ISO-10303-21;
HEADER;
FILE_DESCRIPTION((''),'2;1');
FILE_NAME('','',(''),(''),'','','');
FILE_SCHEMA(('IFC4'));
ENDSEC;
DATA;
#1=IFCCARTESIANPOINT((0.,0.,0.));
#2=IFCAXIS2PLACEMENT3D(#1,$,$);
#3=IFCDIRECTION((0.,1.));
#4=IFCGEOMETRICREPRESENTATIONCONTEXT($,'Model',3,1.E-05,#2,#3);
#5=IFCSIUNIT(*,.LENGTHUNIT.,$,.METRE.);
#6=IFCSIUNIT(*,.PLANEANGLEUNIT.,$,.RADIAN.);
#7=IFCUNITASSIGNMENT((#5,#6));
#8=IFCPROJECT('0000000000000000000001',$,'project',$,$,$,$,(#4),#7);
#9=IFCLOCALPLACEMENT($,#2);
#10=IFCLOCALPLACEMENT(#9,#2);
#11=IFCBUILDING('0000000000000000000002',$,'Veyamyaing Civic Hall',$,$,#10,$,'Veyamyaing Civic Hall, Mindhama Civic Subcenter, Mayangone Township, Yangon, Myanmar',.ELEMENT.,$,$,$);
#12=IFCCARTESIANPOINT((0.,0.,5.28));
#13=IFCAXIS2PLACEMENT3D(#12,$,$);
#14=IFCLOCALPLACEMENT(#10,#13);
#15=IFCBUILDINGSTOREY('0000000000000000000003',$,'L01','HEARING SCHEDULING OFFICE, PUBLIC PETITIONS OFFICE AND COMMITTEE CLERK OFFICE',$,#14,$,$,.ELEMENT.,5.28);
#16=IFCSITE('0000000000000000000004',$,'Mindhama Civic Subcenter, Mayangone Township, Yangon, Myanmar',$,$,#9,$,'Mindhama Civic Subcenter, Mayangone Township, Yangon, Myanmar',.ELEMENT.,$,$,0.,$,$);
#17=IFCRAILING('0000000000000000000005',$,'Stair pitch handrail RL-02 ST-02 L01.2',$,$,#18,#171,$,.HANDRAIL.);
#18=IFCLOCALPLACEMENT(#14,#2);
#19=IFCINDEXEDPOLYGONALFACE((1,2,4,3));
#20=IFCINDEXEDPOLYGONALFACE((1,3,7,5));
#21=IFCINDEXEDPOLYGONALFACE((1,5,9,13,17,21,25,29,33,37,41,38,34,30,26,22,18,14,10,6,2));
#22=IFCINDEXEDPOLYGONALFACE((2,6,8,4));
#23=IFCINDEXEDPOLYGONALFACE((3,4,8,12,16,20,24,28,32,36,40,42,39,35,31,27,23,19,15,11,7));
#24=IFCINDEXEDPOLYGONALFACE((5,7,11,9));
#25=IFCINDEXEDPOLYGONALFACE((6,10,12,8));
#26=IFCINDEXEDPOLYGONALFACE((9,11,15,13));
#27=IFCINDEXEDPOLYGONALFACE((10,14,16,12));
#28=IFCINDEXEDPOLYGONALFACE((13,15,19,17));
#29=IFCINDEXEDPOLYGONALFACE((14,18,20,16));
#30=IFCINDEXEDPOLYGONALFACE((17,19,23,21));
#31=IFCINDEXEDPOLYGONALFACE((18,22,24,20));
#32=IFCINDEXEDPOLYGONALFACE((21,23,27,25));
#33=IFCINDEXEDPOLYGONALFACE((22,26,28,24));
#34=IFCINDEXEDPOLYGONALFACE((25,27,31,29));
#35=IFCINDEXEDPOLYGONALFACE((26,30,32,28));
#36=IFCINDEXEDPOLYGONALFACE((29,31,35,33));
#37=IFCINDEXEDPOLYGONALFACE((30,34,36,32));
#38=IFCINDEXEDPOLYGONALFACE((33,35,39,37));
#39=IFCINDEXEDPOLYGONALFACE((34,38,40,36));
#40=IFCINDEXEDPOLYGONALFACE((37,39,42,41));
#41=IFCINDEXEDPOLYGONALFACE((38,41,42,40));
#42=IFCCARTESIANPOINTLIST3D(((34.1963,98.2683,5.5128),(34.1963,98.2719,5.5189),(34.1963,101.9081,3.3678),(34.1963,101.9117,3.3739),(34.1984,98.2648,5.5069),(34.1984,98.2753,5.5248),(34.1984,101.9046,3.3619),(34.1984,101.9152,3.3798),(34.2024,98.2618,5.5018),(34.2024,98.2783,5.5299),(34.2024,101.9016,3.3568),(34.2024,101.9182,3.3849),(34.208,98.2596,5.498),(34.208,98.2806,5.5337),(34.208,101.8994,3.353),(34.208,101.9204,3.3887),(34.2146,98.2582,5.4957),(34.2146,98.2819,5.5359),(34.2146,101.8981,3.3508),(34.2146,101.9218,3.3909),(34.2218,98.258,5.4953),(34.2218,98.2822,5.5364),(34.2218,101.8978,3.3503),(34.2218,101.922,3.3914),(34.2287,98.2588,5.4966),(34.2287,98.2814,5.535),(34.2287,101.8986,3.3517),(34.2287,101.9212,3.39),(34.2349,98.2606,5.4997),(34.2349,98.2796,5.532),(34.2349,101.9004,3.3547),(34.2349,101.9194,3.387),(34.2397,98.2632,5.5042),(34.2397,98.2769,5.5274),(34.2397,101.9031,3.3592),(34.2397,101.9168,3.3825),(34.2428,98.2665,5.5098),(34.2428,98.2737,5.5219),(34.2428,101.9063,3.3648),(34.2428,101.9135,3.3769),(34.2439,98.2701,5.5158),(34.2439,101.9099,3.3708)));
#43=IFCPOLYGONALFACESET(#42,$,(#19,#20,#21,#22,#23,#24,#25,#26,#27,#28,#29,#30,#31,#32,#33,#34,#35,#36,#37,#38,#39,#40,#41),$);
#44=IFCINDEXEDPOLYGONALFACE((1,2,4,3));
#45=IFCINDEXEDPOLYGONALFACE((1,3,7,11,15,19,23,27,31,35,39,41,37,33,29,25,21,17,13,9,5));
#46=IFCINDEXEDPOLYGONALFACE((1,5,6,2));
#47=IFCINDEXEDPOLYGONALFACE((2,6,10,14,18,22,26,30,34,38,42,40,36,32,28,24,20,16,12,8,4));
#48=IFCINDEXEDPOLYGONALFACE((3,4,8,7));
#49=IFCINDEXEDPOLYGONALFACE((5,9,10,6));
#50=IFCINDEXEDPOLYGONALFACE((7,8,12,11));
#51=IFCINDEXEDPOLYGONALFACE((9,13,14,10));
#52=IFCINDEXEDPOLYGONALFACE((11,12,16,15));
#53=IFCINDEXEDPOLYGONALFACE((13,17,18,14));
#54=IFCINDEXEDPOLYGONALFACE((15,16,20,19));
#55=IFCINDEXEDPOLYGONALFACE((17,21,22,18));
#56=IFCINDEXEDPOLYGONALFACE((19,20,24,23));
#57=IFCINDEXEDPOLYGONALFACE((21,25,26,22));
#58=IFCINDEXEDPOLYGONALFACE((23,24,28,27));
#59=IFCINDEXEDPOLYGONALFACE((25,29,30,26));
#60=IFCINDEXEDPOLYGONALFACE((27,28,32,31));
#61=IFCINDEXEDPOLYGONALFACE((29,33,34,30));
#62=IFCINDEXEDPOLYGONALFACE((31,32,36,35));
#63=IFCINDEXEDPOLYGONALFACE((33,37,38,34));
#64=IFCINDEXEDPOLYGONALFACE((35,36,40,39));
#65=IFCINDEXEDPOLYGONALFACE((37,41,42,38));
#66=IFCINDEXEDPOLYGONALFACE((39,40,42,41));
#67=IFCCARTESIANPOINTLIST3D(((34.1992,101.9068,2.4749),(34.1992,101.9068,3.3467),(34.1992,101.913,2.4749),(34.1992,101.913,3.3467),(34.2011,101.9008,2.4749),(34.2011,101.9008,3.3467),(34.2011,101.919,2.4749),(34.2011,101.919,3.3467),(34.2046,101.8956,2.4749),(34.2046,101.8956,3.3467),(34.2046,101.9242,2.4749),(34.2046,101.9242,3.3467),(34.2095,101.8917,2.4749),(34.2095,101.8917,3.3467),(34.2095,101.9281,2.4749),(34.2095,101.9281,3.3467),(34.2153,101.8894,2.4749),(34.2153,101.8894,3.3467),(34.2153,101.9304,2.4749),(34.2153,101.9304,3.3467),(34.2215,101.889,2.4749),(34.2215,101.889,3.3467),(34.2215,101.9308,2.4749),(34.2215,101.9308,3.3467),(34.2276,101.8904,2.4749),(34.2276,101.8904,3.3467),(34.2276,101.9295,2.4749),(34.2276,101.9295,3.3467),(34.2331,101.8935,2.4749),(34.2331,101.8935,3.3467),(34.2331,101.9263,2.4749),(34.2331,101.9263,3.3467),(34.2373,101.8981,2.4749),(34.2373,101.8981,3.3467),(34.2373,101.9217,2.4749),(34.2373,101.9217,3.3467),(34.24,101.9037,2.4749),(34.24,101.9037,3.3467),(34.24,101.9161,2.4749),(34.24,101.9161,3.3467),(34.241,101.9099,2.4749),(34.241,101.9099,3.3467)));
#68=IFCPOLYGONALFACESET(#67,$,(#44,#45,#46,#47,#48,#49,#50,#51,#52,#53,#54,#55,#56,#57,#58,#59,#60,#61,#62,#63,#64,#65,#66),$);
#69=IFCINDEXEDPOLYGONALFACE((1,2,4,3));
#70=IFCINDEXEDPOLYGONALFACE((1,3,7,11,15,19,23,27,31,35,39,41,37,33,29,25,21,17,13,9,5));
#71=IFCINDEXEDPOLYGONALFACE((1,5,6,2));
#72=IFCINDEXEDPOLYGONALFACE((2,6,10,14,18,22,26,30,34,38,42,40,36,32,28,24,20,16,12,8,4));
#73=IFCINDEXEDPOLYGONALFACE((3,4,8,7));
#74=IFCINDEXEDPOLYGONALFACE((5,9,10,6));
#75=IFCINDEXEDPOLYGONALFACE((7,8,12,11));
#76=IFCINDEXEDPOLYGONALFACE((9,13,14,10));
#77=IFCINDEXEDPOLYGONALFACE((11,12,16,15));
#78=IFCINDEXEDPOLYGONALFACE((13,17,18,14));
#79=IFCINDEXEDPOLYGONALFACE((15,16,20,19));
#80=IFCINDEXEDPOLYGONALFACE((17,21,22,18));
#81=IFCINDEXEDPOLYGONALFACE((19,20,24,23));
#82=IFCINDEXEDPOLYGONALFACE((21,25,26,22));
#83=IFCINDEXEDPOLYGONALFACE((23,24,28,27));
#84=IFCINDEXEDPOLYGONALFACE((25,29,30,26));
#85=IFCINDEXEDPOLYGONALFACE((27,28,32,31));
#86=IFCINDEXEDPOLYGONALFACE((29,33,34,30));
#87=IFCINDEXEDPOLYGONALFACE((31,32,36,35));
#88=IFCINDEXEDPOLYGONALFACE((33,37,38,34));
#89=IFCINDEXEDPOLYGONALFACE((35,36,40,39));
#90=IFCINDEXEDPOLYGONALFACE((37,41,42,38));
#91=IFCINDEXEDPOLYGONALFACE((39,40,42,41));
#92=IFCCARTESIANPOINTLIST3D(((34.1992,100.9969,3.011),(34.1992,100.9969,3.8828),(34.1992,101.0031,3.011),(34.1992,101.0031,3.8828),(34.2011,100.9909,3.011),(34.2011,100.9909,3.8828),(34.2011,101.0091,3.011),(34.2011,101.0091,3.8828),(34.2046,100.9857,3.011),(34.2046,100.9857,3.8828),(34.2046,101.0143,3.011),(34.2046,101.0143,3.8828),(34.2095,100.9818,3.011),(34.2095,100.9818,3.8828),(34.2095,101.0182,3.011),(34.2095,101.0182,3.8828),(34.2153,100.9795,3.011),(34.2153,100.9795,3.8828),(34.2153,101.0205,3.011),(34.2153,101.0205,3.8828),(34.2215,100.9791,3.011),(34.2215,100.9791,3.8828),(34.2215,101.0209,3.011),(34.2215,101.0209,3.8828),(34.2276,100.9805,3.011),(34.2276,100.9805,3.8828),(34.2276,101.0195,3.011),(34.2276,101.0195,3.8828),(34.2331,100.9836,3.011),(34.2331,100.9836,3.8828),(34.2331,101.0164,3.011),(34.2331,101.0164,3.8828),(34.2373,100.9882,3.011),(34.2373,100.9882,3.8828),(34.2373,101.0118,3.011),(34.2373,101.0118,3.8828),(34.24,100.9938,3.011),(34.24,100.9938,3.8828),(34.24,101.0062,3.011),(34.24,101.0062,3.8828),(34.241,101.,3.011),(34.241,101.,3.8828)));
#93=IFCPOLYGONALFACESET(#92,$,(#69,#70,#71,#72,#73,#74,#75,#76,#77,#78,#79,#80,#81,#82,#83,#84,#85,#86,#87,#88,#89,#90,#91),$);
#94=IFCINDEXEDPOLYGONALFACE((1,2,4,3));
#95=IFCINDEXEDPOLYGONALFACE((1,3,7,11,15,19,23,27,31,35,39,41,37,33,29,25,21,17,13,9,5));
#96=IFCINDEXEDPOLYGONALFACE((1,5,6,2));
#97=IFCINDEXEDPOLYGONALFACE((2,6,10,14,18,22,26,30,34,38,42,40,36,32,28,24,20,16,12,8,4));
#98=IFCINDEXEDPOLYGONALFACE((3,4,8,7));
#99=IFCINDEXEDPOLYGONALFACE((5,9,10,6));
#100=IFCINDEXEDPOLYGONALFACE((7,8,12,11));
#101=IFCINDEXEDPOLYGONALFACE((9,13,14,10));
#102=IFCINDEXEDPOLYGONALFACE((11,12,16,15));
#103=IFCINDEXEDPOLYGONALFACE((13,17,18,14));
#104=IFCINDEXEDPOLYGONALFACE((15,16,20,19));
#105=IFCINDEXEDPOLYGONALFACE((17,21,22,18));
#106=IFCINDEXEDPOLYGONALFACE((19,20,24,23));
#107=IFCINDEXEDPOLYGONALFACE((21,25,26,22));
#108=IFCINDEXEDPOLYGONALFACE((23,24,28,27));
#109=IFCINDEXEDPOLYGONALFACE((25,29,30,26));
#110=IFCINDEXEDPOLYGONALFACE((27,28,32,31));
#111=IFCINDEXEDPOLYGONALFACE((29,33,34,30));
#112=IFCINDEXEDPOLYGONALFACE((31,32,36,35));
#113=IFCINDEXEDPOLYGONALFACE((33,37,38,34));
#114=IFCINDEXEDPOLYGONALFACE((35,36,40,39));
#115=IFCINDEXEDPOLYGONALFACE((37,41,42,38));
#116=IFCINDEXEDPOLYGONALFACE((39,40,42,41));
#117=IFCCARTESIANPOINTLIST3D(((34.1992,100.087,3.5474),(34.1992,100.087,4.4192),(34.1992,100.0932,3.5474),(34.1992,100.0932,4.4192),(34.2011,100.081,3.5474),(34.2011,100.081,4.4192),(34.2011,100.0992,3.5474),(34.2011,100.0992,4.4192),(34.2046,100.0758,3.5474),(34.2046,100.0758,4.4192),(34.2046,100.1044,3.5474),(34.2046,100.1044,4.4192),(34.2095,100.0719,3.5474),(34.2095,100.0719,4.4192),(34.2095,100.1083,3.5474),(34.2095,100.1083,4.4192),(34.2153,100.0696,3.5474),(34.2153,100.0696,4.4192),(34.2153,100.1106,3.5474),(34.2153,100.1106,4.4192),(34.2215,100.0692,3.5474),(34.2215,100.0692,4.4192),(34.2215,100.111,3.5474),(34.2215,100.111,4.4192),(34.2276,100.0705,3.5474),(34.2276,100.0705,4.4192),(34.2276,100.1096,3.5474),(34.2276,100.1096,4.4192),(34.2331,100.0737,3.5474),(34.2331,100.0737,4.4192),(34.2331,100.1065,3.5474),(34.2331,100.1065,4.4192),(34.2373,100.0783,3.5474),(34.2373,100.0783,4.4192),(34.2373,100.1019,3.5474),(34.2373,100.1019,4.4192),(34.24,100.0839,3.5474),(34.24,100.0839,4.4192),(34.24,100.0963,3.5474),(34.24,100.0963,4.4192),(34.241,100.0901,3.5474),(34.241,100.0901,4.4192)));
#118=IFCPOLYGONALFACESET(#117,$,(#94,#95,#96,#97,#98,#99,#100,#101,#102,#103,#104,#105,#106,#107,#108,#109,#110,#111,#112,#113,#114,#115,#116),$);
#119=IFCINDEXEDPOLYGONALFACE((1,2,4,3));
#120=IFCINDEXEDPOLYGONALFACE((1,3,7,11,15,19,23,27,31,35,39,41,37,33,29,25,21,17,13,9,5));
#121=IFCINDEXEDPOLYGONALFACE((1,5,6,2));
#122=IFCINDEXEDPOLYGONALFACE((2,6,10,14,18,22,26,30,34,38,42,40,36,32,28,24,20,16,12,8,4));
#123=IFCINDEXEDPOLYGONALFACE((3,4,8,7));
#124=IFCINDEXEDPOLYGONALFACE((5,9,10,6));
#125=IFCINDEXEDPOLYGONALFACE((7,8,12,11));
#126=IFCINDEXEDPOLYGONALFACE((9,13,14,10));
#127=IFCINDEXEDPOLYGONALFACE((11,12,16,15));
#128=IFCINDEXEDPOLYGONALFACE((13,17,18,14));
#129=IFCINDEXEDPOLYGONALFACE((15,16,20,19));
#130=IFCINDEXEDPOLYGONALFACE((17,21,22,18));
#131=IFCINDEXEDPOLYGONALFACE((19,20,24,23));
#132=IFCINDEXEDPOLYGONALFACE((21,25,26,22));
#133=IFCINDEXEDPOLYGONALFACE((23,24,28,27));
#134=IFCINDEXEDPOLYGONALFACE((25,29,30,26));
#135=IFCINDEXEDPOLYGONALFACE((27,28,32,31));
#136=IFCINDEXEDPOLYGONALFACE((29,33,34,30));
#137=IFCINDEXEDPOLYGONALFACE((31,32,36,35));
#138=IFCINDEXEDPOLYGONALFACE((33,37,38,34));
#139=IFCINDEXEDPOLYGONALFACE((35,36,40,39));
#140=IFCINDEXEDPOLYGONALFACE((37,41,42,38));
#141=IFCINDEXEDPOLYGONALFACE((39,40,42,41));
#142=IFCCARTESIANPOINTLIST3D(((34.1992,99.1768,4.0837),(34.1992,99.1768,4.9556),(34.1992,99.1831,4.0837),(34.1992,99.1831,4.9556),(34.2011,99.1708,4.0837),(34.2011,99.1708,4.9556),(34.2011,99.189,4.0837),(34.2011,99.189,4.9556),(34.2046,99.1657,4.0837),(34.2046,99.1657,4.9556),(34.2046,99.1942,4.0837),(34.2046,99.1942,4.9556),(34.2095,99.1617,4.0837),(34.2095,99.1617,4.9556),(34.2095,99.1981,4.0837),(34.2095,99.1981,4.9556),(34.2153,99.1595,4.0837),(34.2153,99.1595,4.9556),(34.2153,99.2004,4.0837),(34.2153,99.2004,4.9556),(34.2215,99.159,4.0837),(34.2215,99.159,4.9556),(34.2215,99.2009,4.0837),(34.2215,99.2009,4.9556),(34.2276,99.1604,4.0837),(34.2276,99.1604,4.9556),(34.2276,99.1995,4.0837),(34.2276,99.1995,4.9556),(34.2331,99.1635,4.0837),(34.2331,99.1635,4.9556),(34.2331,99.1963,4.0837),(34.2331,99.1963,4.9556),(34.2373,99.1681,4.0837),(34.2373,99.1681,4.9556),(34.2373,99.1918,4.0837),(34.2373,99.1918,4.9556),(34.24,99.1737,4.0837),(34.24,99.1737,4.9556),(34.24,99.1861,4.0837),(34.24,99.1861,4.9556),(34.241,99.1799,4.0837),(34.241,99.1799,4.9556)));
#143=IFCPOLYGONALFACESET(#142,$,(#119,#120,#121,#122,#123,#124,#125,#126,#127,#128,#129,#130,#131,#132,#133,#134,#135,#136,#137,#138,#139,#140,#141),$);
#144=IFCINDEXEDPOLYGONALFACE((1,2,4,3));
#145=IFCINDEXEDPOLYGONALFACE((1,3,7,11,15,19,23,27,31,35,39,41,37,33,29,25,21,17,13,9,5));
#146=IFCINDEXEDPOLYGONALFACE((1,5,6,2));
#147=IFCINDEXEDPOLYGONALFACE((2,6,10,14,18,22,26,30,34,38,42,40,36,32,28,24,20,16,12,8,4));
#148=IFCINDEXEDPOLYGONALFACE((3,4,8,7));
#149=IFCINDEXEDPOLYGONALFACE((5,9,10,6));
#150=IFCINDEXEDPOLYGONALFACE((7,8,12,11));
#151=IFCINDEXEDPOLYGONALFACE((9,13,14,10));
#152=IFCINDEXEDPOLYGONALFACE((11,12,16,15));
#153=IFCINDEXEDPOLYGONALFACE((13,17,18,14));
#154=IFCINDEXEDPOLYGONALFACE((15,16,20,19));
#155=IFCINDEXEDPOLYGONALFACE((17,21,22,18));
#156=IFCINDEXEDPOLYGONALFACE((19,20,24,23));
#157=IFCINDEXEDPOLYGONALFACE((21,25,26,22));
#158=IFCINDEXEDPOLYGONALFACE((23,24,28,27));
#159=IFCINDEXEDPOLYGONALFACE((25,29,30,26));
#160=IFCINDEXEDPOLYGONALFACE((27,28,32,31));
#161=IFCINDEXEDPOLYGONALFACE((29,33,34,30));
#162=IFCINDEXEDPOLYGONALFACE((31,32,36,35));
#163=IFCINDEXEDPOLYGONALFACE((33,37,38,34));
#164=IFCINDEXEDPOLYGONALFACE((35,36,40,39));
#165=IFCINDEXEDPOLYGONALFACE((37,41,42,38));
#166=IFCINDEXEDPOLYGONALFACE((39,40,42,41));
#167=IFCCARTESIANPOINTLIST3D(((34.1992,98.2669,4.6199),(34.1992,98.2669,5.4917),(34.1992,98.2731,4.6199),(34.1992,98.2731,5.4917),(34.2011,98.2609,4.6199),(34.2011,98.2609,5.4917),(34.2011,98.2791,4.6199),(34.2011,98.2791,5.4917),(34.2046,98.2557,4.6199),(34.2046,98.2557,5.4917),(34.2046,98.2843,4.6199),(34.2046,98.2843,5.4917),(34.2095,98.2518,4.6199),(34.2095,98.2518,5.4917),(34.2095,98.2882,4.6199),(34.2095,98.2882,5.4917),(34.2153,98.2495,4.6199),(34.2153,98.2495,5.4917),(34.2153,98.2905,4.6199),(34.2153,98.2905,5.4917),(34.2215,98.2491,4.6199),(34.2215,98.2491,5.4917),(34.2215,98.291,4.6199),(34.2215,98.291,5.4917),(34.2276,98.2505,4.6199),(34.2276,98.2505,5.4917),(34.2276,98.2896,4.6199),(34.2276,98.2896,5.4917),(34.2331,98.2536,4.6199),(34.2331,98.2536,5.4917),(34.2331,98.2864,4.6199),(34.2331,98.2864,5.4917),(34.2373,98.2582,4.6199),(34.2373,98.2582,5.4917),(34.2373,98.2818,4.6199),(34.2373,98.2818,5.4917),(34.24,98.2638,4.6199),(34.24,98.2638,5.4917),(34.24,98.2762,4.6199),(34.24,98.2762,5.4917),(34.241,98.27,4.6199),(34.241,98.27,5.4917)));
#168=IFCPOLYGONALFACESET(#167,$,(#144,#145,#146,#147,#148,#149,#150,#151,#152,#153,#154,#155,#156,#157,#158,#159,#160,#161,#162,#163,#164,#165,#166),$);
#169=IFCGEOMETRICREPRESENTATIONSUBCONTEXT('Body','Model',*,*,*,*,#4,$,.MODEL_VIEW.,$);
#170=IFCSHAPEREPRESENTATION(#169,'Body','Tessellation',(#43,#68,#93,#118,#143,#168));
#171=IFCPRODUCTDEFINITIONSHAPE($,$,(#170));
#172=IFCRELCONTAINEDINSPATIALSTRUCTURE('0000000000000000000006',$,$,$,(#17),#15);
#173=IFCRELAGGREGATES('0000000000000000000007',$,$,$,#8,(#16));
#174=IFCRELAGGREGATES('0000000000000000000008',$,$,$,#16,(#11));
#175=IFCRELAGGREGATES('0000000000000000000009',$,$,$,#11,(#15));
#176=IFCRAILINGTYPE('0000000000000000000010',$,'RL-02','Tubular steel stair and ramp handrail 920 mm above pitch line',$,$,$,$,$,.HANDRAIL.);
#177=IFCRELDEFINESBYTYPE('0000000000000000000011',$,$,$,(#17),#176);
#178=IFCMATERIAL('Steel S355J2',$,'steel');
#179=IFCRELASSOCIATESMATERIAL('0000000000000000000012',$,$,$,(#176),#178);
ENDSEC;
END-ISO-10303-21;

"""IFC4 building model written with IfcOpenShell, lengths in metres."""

from ifc_helpers import new_model, si_unit, direction, frame, origin, origin_2d, place, context, subcontext, project, spatial, circle, extrude, material, type_object, element, save


model = new_model("IFC4")

# Units and contexts
model_context = context("Model", 3, precision=1e-05, world=origin(), true_north=direction((0.0, 1.0)))
body_context = subcontext(model_context, "Body", "Model", "MODEL_VIEW")
ifc_project = project(units=[si_unit("LENGTHUNIT", "METRE"), si_unit("PLANEANGLEUNIT", "RADIAN")], contexts=[model_context])

# Site, building, storey
site_placement = place(None, origin())
site = spatial("IfcSite", under=ifc_project, at=site_placement, Name="Mindhama Civic Subcenter, Mayangone Township, Yangon, Myanmar", LongName="Mindhama Civic Subcenter, Mayangone Township, Yangon, Myanmar", CompositionType="ELEMENT", RefElevation=0.0)
building_placement = place(site_placement, origin())
building = spatial("IfcBuilding", under=site, at=building_placement, Name="Veyamyaing Civic Hall", LongName="Veyamyaing Civic Hall, Mindhama Civic Subcenter, Mayangone Township, Yangon, Myanmar", CompositionType="ELEMENT")
storey_placement = place(building_placement, frame((0.0, 0.0, 5.28)))
storey = spatial("IfcBuildingStorey", under=building, at=storey_placement, Name="L01", Description="HEARING SCHEDULING OFFICE, PUBLIC PETITIONS OFFICE AND COMMITTEE CLERK OFFICE", CompositionType="ELEMENT", Elevation=5.28)

# Railing
ifc_material_1 = material(Name="Steel S355J2", Category="steel")
railing_type_1 = type_object("IfcRailingType", Name="RL-02", Description="Tubular steel stair and ramp handrail 920 mm above pitch line", PredefinedType="HANDRAIL", material=ifc_material_1)
railing_1_placement = place(storey_placement, frame((34.22, 101.9099, 2.4749)))
element("IfcRailing", 1, at=railing_1_placement, inside=storey, type_object=railing_type_1, Name="Stair pitch handrail RL-02 ST-02 L01.2", PredefinedType="HANDRAIL", context=body_context, shape_type="SweptSolid", body=[
    extrude(circle(Radius=0.0239, at=origin_2d()), frame((0.0, 0.0, 0.896), z_axis=(0.0, -0.86153, 0.507707), x_axis=(1.0, 0.0, 0.0)), (0.0, 0.0, 1.0), 4.2249),
    extrude(circle(Radius=0.021, at=origin_2d()), origin(), (0.0, 0.0, 1.0), 0.8718),
    extrude(circle(Radius=0.021, at=origin_2d()), frame((0.0, -0.9099, 0.5361)), (0.0, 0.0, 1.0), 0.8718),
    extrude(circle(Radius=0.021, at=origin_2d()), frame((0.0, -1.8198, 1.0725)), (0.0, 0.0, 1.0), 0.8718),
    extrude(circle(Radius=0.021, at=origin_2d()), frame((0.0, -2.73, 1.6089)), (0.0, 0.0, 1.0), 0.8718),
    extrude(circle(Radius=0.021, at=origin_2d()), frame((0.0, -3.6399, 2.145)), (0.0, 0.0, 1.0), 0.8718),
])

save(model, "model.ifc")
